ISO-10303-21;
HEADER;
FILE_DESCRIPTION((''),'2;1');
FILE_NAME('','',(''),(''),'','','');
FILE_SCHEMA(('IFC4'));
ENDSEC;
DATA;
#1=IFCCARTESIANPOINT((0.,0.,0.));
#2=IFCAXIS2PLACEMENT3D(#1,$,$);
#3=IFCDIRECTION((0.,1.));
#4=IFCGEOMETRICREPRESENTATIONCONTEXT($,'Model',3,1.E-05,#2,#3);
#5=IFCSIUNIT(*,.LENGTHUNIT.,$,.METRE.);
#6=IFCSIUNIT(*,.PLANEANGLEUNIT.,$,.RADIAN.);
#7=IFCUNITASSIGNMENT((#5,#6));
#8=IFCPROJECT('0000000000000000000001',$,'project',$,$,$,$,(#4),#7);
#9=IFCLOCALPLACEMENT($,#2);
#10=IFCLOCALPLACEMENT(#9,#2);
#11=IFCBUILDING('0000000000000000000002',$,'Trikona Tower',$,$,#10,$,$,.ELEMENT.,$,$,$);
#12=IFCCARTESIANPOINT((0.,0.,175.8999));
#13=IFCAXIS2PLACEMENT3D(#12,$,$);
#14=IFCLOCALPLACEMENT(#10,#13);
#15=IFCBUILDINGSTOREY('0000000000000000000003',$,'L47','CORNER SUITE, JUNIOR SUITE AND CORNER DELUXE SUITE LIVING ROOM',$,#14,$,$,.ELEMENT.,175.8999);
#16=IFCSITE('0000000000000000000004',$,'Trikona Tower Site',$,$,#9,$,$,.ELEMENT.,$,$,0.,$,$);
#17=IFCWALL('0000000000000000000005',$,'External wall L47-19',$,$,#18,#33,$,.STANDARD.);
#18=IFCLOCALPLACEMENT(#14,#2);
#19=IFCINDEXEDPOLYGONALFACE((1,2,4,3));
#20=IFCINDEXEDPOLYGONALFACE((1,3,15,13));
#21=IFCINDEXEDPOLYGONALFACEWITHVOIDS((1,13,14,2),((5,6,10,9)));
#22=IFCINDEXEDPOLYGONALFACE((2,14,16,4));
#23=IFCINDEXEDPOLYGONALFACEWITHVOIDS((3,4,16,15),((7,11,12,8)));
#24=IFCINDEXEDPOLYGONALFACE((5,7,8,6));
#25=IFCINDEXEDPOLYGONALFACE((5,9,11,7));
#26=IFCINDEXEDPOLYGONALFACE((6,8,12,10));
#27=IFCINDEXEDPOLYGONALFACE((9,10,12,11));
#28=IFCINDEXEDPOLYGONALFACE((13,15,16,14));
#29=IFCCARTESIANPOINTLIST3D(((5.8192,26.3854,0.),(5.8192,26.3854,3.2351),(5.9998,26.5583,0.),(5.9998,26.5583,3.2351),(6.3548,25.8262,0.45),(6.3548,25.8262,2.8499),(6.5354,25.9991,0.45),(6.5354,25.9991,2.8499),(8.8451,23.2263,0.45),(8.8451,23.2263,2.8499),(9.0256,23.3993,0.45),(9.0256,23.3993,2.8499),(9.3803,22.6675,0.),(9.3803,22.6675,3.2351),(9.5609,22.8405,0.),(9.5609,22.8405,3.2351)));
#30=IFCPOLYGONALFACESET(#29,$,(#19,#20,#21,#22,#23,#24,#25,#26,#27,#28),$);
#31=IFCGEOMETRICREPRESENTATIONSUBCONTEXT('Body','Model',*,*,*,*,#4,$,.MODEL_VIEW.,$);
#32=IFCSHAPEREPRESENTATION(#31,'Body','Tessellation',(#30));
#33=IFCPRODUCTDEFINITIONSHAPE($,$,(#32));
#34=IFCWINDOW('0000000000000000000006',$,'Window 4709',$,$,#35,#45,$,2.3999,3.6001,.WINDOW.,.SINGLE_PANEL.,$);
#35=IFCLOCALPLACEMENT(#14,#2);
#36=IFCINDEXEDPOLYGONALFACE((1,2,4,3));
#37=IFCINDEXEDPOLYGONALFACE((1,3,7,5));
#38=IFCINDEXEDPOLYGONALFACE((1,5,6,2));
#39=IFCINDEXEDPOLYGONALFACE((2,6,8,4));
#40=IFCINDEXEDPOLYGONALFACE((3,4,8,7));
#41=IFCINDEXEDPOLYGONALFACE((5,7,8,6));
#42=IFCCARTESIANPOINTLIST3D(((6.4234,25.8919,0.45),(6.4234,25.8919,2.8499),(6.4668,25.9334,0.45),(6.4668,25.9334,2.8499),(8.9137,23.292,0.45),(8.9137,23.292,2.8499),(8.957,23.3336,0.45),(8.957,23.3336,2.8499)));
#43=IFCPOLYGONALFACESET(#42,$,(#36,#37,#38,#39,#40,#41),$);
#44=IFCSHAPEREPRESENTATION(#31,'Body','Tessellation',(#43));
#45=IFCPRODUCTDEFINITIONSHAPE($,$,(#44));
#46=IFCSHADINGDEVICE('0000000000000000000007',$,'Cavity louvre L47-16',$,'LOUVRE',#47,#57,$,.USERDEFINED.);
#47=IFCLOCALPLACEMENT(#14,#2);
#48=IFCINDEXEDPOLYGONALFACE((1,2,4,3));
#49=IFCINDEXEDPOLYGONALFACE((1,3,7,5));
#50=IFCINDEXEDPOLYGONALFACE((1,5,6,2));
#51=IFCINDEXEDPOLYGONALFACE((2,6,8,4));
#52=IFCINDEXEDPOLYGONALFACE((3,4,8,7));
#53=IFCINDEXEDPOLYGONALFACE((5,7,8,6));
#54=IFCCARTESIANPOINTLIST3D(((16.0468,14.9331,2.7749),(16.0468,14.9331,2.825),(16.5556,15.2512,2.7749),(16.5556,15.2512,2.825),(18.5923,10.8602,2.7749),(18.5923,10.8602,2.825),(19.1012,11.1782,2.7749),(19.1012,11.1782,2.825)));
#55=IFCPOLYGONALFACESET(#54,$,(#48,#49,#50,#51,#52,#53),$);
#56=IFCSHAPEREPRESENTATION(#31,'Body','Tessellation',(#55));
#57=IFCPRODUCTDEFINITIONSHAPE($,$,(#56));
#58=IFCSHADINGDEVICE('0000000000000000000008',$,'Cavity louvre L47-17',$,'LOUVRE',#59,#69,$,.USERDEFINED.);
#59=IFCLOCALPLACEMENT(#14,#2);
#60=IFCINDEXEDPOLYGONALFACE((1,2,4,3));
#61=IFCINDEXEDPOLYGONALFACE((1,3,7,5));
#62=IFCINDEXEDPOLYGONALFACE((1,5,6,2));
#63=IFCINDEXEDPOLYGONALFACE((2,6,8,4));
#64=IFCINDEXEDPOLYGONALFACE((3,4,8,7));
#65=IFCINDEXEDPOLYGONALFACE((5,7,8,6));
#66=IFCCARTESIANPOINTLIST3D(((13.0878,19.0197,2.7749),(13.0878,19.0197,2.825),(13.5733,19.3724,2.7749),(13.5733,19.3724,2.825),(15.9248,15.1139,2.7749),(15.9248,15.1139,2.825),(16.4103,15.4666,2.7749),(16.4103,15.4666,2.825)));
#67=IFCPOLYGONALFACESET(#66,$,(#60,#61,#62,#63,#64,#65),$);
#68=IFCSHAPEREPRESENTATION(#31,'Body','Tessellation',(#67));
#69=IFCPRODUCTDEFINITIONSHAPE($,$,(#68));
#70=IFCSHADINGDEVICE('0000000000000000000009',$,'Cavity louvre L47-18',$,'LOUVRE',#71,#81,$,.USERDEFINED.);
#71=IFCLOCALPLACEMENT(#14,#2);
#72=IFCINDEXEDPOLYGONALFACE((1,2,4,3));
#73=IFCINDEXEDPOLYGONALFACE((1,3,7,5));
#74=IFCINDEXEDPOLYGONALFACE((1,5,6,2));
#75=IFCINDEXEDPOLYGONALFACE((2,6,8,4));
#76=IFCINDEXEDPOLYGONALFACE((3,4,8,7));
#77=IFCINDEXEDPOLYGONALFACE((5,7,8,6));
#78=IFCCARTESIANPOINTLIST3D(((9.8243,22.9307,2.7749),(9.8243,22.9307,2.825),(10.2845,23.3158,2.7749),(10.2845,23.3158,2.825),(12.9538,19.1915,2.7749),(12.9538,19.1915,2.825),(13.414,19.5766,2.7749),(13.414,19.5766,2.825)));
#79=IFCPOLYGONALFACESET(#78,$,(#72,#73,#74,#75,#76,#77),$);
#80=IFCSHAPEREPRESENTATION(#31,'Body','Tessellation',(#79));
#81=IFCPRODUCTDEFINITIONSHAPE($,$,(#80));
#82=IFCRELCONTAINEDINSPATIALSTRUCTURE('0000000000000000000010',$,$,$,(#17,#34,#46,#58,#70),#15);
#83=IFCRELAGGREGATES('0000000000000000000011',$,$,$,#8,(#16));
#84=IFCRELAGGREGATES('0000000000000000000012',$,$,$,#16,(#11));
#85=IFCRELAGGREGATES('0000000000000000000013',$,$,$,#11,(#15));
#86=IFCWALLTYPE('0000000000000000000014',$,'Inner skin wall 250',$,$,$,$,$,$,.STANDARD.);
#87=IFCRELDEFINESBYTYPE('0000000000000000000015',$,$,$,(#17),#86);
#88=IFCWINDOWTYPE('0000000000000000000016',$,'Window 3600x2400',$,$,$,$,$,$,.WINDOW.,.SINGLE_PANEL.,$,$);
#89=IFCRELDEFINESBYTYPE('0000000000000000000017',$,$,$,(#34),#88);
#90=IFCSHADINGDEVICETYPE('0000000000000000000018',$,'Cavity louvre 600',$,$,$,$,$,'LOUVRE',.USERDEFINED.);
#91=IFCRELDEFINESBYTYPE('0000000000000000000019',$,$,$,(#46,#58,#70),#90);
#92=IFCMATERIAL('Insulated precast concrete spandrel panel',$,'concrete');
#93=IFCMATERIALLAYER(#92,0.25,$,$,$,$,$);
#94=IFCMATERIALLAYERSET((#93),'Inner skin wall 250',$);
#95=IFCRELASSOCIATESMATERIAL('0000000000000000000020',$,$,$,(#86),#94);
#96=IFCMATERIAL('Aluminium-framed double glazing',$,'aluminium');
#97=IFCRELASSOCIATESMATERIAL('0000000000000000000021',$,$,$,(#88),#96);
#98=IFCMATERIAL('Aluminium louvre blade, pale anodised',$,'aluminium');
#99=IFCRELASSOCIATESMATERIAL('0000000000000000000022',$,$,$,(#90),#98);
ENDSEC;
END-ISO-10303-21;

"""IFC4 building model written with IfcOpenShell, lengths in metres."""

from ifc_helpers import new_model, si_unit, direction, frame, frame_2d, origin, origin_2d, place, context, subcontext, project, spatial, rectangle, extrude, material, layer, layer_set, type_object, element, fill, save


model = new_model("IFC4")

# Units and contexts
model_context = context("Model", 3, precision=1e-05, world=origin(), true_north=direction((0.0, 1.0)))
body_context = subcontext(model_context, "Body", "Model", "MODEL_VIEW")
ifc_project = project(units=[si_unit("LENGTHUNIT", "METRE"), si_unit("PLANEANGLEUNIT", "RADIAN")], contexts=[model_context])

# Site, building, storey
site_placement = place(None, origin())
site = spatial("IfcSite", under=ifc_project, at=site_placement, Name="Trikona Tower Site", CompositionType="ELEMENT", RefElevation=0.0)
building_placement = place(site_placement, origin())
building = spatial("IfcBuilding", under=site, at=building_placement, Name="Trikona Tower", CompositionType="ELEMENT")
storey_placement = place(building_placement, frame((0.0, 0.0, 175.8999)))
storey = spatial("IfcBuildingStorey", under=building, at=storey_placement, Name="L47", Description="CORNER SUITE, JUNIOR SUITE AND CORNER DELUXE SUITE LIVING ROOM", CompositionType="ELEMENT", Elevation=175.8999)

# Wall, opening, window
ifc_material_1 = material(Name="Insulated precast concrete spandrel panel", Category="concrete")
ifc_layer_1 = layer(ifc_material_1, 0.25)
ifc_layer_set_1 = layer_set([ifc_layer_1], Name="Inner skin wall 250")
wall_type = type_object("IfcWallType", Name="Inner skin wall 250", PredefinedType="STANDARD", material=ifc_layer_set_1)
ifc_material_2 = material(Name="Aluminium-framed double glazing", Category="aluminium")
window_type = type_object("IfcWindowType", Name="Window 3600x2400", PartitioningType="SINGLE_PANEL", PredefinedType="WINDOW", material=ifc_material_2)
wall_1_placement = place(storey_placement, frame((9.4707, 22.7539, 0.0), z_axis=(0.0, 0.0, 1.0), x_axis=(-0.69172, 0.722166, 0.0)))
wall_1 = element("IfcWall", 1, at=wall_1_placement, inside=storey, type_object=wall_type, Name="External wall L47-19", PredefinedType="STANDARD", context=body_context, shape_type="SweptSolid", body=[
    extrude(rectangle(XDim=5.1482, YDim=0.25, at=frame_2d((2.5742, 0.0))), origin(), (0.0, 0.0, 1.0), 3.2351),
])
opening_1_placement = place(wall_1_placement, frame((0.7739, 0.0, 0.45)))
opening_1 = element("IfcOpeningElement", 2, at=opening_1_placement, cuts=wall_1, PredefinedType="OPENING", context=body_context, shape_type="SweptSolid", body=[
    extrude(rectangle(XDim=3.6001, YDim=2.3999, at=frame_2d((1.8, 1.2))), frame((0.0, 0.135, 0.0), z_axis=(0.0, -1.0, 0.0), x_axis=(1.0, 0.0, 0.0)), (0.0, 0.0, 1.0), 0.27),
])
window_1_placement = place(opening_1_placement, origin())
window_1 = element("IfcWindow", 3, at=window_1_placement, inside=storey, type_object=window_type, Name="Window 4709", OverallHeight=2.3999, OverallWidth=3.6001, PartitioningType="SINGLE_PANEL", PredefinedType="WINDOW", context=body_context, shape_type="SweptSolid", body=[
    extrude(rectangle(XDim=3.6001, YDim=2.3999, at=frame_2d((1.8, 1.2))), frame((0.0, 0.03, 0.0), z_axis=(0.0, -1.0, 0.0), x_axis=(1.0, 0.0, 0.0)), (0.0, 0.0, 1.0), 0.0601),
])
fill(opening_1, window_1)

# Shading devices
ifc_material_3 = material(Name="Aluminium louvre blade, pale anodised", Category="aluminium")
shading_device_type = type_object("IfcShadingDeviceType", Name="Cavity louvre 600", ElementType="LOUVRE", PredefinedType="USERDEFINED", material=ifc_material_3)
shading_device_1_placement = place(storey_placement, frame((17.574, 13.0557, 2.7749), z_axis=(0.0, 0.0, 1.0), x_axis=(-0.529995, 0.848001, 0.0)))
element("IfcShadingDevice", 4, at=shading_device_1_placement, inside=storey, type_object=shading_device_type, Name="Cavity louvre L47-16", ObjectType="LOUVRE", PredefinedType="USERDEFINED", context=body_context, shape_type="SweptSolid", body=[
    extrude(rectangle(XDim=4.803, YDim=0.6001, at=origin_2d()), origin(), (0.0, 0.0, 1.0), 0.05),
])
shading_device_2_placement = place(storey_placement, frame((14.749, 17.2432, 2.7749), z_axis=(0.0, 0.0, 1.0), x_axis=(-0.587686, 0.809089, 0.0)))
element("IfcShadingDevice", 5, at=shading_device_2_placement, inside=storey, type_object=shading_device_type, Name="Cavity louvre L47-17", ObjectType="LOUVRE", PredefinedType="USERDEFINED", context=body_context, shape_type="SweptSolid", body=[
    extrude(rectangle(XDim=4.8274, YDim=0.6001, at=origin_2d()), origin(), (0.0, 0.0, 1.0), 0.05),
])
shading_device_3_placement = place(storey_placement, frame((11.6191, 21.2537, 2.7749), z_axis=(0.0, 0.0, 1.0), x_axis=(-0.641807, 0.766866, 0.0)))
element("IfcShadingDevice", 6, at=shading_device_3_placement, inside=storey, type_object=shading_device_type, Name="Cavity louvre L47-18", ObjectType="LOUVRE", PredefinedType="USERDEFINED", context=body_context, shape_type="SweptSolid", body=[
    extrude(rectangle(XDim=4.876, YDim=0.6001, at=origin_2d()), origin(), (0.0, 0.0, 1.0), 0.05),
])

save(model, "model.ifc")
